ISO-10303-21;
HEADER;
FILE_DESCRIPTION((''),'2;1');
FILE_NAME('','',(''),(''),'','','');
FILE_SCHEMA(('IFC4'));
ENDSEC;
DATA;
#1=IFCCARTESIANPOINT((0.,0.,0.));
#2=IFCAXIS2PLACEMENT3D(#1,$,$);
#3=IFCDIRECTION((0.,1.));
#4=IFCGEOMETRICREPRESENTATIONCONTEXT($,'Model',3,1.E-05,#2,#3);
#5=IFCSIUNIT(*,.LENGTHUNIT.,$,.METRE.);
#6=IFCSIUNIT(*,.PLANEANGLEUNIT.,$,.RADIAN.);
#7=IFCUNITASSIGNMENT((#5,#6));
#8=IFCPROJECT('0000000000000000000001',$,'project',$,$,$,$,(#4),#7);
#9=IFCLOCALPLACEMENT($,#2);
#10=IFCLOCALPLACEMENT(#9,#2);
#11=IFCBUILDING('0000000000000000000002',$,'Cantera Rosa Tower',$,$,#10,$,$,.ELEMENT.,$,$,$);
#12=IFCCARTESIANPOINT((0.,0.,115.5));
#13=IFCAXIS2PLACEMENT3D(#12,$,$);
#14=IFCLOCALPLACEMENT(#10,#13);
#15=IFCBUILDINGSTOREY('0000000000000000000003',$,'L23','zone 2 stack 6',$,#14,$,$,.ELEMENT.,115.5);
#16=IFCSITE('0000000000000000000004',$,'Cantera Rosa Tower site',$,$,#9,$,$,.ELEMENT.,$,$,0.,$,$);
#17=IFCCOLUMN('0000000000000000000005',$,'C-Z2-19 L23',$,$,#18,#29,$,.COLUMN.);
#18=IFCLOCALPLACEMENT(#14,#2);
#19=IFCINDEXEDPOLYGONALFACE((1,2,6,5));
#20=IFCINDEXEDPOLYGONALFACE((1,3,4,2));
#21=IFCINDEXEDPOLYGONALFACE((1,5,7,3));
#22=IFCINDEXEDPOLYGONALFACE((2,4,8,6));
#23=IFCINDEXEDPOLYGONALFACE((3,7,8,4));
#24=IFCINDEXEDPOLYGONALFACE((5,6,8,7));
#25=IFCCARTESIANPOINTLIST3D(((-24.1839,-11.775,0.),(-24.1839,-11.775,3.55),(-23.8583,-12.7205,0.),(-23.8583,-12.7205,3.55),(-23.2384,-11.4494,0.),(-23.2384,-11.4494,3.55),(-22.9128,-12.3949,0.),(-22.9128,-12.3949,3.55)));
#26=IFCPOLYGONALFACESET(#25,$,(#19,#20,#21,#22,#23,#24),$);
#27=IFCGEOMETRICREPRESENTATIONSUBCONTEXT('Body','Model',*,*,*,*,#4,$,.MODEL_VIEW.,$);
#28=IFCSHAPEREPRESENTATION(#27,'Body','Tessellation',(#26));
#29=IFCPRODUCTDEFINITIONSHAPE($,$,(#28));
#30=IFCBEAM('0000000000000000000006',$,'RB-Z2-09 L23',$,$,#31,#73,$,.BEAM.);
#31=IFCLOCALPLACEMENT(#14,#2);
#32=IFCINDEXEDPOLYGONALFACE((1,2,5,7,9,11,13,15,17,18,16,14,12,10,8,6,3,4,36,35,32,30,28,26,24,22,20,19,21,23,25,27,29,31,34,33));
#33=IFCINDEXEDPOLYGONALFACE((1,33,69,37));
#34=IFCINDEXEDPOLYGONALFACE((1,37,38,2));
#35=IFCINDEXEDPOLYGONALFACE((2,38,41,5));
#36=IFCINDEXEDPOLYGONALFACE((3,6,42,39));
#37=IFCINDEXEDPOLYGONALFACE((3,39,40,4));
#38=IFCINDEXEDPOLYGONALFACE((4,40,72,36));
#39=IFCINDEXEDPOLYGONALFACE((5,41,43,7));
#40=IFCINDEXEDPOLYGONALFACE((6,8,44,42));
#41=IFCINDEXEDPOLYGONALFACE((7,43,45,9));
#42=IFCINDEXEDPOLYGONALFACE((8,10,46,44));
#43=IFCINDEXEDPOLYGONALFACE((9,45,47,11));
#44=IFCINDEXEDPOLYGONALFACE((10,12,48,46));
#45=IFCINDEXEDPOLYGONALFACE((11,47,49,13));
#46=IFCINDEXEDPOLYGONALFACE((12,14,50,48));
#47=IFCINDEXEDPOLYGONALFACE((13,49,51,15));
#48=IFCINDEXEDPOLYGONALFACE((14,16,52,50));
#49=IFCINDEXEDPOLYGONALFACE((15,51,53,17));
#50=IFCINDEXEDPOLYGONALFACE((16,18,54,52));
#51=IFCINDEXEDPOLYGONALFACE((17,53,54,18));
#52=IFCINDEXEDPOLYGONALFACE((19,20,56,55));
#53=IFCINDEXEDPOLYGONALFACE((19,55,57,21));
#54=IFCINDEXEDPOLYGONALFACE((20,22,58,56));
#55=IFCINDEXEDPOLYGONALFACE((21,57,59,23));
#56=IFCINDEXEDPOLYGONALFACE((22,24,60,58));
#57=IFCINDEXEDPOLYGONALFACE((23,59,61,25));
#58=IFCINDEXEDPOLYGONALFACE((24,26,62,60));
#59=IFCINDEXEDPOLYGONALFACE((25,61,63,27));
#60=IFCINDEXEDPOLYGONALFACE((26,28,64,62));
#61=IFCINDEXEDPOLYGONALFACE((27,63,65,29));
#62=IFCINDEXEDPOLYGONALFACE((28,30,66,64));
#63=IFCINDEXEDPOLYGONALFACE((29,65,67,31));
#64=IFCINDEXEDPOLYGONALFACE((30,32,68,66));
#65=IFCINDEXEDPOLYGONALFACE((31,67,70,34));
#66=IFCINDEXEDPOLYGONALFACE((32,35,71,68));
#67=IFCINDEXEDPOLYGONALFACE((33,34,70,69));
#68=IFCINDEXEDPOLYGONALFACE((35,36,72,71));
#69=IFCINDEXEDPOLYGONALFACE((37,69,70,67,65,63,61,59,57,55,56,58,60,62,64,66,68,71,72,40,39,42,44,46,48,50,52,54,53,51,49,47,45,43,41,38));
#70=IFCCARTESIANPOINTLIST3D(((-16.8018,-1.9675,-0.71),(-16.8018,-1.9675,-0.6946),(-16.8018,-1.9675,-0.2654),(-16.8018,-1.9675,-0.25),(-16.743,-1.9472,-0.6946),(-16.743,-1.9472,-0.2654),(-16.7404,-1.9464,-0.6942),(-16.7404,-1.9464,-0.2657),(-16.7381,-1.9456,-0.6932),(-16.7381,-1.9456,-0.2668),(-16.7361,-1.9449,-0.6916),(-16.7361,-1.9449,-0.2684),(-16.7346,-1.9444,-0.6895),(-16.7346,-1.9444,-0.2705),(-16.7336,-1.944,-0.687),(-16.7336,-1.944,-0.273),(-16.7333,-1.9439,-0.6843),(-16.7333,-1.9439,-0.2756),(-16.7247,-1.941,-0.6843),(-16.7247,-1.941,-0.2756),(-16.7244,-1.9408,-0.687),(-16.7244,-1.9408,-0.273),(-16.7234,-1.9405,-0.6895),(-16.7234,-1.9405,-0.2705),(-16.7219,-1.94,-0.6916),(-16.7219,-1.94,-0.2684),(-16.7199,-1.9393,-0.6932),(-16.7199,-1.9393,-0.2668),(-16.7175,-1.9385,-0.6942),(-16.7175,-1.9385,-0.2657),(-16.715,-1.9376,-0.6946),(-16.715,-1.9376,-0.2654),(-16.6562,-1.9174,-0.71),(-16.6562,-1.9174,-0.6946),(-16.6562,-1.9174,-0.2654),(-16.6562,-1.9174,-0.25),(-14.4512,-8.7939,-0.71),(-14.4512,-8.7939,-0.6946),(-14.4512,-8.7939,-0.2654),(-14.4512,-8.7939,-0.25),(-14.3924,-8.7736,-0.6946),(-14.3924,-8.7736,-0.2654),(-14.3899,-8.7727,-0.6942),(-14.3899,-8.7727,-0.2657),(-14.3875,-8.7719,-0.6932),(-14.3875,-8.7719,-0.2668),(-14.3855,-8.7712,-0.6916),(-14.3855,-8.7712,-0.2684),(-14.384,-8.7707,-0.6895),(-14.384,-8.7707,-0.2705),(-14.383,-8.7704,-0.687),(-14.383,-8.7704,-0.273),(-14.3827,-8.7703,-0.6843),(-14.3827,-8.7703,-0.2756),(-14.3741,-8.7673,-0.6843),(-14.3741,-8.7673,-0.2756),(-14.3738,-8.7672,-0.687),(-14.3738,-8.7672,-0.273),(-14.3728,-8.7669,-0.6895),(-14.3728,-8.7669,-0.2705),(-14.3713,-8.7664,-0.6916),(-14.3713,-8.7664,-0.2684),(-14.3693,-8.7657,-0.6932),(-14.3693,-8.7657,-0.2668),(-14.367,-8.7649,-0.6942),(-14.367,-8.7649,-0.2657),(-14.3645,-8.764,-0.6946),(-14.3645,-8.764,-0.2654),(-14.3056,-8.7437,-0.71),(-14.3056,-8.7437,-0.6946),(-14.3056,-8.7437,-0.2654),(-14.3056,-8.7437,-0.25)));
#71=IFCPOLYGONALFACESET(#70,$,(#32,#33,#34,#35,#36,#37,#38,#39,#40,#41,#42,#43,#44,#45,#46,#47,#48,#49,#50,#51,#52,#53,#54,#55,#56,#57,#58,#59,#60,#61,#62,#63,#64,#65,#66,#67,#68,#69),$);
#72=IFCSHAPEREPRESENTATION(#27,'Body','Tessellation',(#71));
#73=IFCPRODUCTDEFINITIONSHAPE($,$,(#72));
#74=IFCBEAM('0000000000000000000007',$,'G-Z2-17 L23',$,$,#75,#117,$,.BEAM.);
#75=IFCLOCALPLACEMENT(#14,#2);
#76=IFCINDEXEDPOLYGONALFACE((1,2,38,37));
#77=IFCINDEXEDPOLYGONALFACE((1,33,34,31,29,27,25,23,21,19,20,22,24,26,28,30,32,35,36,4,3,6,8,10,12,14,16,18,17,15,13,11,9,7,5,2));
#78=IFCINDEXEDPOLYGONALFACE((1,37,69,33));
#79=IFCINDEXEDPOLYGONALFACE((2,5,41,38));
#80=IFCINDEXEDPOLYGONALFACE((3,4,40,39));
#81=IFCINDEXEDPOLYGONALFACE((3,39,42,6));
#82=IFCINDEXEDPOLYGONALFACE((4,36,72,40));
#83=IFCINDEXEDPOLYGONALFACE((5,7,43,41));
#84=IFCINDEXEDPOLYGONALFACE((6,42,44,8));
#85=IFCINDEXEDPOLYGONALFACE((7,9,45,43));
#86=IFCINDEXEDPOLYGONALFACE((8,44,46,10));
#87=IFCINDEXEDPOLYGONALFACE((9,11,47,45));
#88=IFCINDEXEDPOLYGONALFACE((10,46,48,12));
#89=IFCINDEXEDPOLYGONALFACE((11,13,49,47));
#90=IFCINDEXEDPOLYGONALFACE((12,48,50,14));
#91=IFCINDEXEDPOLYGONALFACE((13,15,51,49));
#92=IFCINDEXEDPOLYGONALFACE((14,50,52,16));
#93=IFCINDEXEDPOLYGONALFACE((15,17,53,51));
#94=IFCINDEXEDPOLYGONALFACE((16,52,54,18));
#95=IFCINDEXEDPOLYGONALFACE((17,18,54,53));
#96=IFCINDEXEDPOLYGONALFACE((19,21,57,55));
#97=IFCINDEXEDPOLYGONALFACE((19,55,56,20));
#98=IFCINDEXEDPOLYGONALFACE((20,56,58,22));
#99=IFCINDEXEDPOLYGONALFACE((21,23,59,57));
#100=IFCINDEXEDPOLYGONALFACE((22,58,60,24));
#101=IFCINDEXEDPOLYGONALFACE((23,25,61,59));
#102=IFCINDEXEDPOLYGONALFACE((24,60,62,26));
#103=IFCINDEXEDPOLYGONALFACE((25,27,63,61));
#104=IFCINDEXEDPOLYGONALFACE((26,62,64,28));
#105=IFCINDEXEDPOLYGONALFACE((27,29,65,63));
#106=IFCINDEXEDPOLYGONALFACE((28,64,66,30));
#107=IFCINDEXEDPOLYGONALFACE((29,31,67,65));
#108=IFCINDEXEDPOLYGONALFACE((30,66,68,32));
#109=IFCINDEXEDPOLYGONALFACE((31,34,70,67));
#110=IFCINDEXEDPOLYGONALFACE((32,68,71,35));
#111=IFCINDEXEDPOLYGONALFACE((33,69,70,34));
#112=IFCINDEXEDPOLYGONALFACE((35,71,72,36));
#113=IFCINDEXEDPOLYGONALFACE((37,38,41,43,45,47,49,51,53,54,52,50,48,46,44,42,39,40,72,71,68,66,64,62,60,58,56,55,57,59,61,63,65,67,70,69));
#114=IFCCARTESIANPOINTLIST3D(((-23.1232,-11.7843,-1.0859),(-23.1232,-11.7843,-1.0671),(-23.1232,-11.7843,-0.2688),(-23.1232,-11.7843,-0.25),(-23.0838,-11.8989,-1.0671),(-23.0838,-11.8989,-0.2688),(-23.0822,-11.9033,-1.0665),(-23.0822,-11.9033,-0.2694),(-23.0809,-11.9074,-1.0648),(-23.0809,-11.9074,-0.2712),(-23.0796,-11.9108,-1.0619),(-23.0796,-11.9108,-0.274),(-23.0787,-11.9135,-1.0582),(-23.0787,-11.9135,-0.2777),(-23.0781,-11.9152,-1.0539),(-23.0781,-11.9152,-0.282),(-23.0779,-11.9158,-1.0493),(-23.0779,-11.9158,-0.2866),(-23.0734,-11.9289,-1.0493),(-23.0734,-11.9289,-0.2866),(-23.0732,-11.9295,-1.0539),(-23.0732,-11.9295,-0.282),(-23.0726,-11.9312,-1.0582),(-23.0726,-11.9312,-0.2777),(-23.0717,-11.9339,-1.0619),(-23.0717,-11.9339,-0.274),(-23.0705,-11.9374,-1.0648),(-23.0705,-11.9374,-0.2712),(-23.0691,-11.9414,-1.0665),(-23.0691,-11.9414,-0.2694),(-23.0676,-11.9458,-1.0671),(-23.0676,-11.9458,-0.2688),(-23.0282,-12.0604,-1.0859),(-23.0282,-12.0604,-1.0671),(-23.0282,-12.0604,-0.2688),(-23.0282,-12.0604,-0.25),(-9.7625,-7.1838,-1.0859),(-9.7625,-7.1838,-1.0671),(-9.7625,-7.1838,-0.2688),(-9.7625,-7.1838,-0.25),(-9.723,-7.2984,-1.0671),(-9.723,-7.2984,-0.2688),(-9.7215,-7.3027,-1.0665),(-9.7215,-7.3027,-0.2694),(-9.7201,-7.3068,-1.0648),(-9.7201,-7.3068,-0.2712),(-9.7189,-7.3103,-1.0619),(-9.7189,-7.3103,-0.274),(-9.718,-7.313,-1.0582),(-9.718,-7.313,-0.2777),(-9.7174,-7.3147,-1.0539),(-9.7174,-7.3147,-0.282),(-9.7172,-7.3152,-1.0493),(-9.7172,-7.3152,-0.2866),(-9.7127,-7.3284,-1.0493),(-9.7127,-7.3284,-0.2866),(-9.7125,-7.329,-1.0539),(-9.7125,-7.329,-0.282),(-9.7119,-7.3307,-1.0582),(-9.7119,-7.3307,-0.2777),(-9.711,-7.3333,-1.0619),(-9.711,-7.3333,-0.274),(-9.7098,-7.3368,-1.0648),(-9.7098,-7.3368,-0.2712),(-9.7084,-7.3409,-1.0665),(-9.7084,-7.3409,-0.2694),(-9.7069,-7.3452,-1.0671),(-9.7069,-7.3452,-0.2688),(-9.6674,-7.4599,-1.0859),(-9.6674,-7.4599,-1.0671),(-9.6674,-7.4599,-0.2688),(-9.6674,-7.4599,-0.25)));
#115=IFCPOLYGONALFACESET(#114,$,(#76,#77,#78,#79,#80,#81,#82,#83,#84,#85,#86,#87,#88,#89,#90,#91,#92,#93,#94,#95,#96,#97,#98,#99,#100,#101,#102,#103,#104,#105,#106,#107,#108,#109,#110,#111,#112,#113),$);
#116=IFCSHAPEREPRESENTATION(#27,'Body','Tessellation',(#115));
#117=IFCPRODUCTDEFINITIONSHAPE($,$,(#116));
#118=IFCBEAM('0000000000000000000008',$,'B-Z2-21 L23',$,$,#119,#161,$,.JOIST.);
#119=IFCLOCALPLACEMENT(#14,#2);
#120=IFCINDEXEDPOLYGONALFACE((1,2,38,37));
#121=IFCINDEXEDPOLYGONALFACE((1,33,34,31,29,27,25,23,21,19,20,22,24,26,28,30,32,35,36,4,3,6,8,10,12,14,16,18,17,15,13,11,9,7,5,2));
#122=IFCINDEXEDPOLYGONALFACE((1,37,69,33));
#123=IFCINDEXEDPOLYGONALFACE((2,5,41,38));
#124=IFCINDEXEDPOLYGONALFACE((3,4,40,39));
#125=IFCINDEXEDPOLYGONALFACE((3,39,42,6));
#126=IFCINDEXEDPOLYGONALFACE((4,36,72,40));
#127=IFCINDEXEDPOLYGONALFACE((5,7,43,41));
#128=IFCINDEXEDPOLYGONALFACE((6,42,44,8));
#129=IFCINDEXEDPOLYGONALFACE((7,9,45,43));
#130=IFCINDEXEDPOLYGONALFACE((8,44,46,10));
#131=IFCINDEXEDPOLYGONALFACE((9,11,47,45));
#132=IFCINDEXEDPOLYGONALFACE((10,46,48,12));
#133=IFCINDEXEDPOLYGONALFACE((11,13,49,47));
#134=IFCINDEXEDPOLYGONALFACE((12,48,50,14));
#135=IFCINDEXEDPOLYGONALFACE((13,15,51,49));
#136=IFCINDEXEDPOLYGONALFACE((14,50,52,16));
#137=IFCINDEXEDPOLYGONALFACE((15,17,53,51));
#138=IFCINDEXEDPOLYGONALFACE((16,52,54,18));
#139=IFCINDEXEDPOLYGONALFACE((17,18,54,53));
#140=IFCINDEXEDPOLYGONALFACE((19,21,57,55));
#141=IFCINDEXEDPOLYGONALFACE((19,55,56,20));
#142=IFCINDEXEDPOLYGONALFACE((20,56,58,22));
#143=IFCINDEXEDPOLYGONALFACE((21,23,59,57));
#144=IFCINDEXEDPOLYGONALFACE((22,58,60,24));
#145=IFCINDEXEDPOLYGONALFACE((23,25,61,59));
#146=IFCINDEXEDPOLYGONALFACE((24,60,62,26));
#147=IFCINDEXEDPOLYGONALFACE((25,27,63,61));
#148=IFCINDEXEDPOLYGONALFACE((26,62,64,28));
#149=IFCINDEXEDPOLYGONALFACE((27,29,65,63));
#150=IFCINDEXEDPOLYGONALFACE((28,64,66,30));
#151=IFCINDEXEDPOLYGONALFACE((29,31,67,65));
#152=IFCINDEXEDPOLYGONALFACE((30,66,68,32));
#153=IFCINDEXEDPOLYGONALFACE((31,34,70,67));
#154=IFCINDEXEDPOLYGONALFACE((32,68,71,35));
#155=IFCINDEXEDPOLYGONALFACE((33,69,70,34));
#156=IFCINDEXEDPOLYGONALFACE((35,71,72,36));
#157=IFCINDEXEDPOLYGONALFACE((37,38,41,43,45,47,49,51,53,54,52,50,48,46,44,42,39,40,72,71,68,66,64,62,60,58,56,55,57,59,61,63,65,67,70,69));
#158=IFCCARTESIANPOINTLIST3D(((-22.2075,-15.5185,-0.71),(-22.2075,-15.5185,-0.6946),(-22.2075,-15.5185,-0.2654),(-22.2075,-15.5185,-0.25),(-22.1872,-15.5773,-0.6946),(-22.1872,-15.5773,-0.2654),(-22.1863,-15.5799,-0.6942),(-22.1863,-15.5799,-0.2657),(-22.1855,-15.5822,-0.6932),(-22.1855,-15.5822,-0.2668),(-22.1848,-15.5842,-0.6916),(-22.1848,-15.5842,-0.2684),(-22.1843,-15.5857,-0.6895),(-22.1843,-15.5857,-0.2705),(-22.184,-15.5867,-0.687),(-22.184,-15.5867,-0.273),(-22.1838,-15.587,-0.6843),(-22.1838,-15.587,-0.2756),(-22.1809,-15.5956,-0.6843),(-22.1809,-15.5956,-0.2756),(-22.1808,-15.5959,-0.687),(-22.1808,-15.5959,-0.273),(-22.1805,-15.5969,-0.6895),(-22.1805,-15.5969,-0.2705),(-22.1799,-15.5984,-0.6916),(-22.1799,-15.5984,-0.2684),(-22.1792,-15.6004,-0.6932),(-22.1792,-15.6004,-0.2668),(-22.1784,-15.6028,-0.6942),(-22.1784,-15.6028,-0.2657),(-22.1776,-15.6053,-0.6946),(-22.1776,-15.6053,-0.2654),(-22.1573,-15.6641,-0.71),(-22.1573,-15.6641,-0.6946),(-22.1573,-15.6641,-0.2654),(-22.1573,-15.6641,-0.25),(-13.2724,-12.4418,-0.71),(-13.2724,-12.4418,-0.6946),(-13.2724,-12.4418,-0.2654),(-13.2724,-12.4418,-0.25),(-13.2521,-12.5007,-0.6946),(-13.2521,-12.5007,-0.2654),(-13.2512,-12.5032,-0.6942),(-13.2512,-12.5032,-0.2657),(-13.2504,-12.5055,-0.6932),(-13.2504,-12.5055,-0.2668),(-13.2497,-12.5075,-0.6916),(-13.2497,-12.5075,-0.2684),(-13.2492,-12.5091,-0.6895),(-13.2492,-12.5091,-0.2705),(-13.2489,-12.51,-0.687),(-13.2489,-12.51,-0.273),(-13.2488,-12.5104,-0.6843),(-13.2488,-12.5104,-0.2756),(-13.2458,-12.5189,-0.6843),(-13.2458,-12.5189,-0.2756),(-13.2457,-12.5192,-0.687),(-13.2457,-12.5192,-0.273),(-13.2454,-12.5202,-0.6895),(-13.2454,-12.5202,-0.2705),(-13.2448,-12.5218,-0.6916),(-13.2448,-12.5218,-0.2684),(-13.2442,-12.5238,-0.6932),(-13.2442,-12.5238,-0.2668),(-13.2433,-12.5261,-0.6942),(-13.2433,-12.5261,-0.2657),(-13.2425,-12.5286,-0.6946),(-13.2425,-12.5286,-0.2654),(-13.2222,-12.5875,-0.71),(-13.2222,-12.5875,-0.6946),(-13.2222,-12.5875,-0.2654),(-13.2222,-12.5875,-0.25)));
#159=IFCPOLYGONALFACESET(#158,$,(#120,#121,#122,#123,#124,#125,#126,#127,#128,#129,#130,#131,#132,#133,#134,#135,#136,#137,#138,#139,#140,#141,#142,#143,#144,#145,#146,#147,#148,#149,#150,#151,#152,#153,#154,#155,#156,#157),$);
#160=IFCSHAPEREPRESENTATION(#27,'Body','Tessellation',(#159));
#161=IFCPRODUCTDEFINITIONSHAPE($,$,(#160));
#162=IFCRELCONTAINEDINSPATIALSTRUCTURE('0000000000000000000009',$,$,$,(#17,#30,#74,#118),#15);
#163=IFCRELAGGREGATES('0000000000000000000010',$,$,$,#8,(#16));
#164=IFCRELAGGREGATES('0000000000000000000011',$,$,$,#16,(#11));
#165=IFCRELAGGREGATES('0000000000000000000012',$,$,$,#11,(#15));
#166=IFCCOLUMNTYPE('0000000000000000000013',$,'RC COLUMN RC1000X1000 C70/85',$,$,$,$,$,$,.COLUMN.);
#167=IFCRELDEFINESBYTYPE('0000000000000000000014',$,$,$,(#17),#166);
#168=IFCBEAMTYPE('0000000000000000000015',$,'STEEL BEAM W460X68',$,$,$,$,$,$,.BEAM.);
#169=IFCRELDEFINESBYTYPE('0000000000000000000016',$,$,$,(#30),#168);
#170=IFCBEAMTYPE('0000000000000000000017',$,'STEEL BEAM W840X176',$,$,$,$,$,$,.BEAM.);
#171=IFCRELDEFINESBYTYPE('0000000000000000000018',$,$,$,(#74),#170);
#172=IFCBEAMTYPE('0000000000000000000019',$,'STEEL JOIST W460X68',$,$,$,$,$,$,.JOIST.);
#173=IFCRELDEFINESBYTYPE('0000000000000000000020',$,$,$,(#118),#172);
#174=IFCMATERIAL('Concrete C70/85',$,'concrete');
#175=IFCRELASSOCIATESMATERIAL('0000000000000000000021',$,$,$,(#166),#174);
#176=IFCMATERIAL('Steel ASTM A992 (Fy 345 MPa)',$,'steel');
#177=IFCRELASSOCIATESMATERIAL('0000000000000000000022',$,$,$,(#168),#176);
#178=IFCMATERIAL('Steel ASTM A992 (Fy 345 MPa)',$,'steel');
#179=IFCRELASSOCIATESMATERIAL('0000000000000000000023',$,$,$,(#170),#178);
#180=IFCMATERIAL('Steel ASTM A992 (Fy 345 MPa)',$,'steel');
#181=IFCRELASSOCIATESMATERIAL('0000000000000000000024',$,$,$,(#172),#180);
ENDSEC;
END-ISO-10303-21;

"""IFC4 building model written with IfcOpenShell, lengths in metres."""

from ifc_helpers import new_model, si_unit, direction, frame, origin, origin_2d, place, context, subcontext, project, spatial, rectangle, i_section, extrude, material, material_profile, profile_set, type_object, element, save


model = new_model("IFC4")

# Units and contexts
model_context = context("Model", 3, precision=1e-05, world=origin(), true_north=direction((0.0, 1.0)))
body_context = subcontext(model_context, "Body", "Model", "MODEL_VIEW")
ifc_project = project(units=[si_unit("LENGTHUNIT", "METRE"), si_unit("PLANEANGLEUNIT", "RADIAN")], contexts=[model_context])

# Site, building, storey
site_placement = place(None, origin())
site = spatial("IfcSite", under=ifc_project, at=site_placement, Name="Cantera Rosa Tower site", CompositionType="ELEMENT", RefElevation=0.0)
building_placement = place(site_placement, origin())
building = spatial("IfcBuilding", under=site, at=building_placement, Name="Cantera Rosa Tower", CompositionType="ELEMENT")
storey_placement = place(building_placement, frame((0.0, 0.0, 115.5)))
storey = spatial("IfcBuildingStorey", under=building, at=storey_placement, Name="L23", Description="zone 2 stack 6", CompositionType="ELEMENT", Elevation=115.5)

# Column
ifc_material_1 = material(Name="Concrete C70/85", Category="concrete")
ifc_material_profile_1 = material_profile(ifc_material_1, rectangle(XDim=1.0, YDim=1.0, at=origin_2d()), Name="RC COLUMN RC1000X1000 C70/85")
ifc_profile_set_1 = profile_set([ifc_material_profile_1], Name="Concrete C70/85")
column_type = type_object("IfcColumnType", Name="RC COLUMN RC1000X1000 C70/85", PredefinedType="COLUMN", material=ifc_profile_set_1)
column_placement = place(storey_placement, frame((-23.5483, -12.085, 0.0), z_axis=(0.0, 0.0, 1.0), x_axis=(0.945519, 0.325568, 0.0)))
element("IfcColumn", 1, at=column_placement, inside=storey, type_object=column_type, Name="C-Z2-19 L23", PredefinedType="COLUMN", context=body_context, shape_type="SweptSolid", body=[
    extrude(rectangle(XDim=1.0, YDim=1.0, at=origin_2d()), origin(), (0.0, 0.0, 1.0), 3.55),
])

# Beams
ifc_material_2 = material(Name="Steel ASTM A992 (Fy 345 MPa)", Category="steel")
ifc_material_profile_2 = material_profile(ifc_material_2, i_section(OverallWidth=0.1541, OverallDepth=0.46, WebThickness=0.009, FlangeThickness=0.0154, FilletRadius=0.0103, at=origin_2d()), Name="W460X68")
ifc_profile_set_2 = profile_set([ifc_material_profile_2], Name="Steel ASTM A992 (Fy 345 MPa)")
beam_type_1 = type_object("IfcBeamType", Name="STEEL BEAM W460X68", PredefinedType="BEAM", material=ifc_profile_set_2)
beam_1_placement = place(storey_placement, frame((-14.3784, -8.7688, -0.48), z_axis=(-0.325576, 0.945516, 0.0), x_axis=(-0.945516, -0.325576, 0.0)))
element("IfcBeam", 2, at=beam_1_placement, inside=storey, type_object=beam_type_1, Name="RB-Z2-09 L23", PredefinedType="BEAM", context=body_context, shape_type="SweptSolid", body=[
    extrude(i_section(OverallWidth=0.1541, OverallDepth=0.46, WebThickness=0.009, FlangeThickness=0.0154, FilletRadius=0.0103, at=origin_2d()), origin(), (0.0, 0.0, 1.0), 7.2197),
])
ifc_material_3 = material(Name="Steel ASTM A992 (Fy 345 MPa)", Category="steel")
ifc_material_profile_3 = material_profile(ifc_material_3, i_section(OverallWidth=0.292, OverallDepth=0.8359, WebThickness=0.0139, FlangeThickness=0.0188, FilletRadius=0.0178, at=origin_2d()), Name="W840X176")
ifc_profile_set_3 = profile_set([ifc_material_profile_3], Name="Steel ASTM A992 (Fy 345 MPa)")
beam_type_2 = type_object("IfcBeamType", Name="STEEL BEAM W840X176", PredefinedType="BEAM", material=ifc_profile_set_3)
beam_2_placement = place(storey_placement, frame((-23.0757, -11.9224, -0.668), z_axis=(0.945517, 0.325573, 0.0), x_axis=(-0.325573, 0.945517, 0.0)))
element("IfcBeam", 3, at=beam_2_placement, inside=storey, type_object=beam_type_2, Name="G-Z2-17 L23", PredefinedType="BEAM", context=body_context, shape_type="SweptSolid", body=[
    extrude(i_section(OverallWidth=0.292, OverallDepth=0.8359, WebThickness=0.0139, FlangeThickness=0.0188, FilletRadius=0.0178, at=origin_2d()), origin(), (0.0, 0.0, 1.0), 14.1306),
])
ifc_material_4 = material(Name="Steel ASTM A992 (Fy 345 MPa)", Category="steel")
ifc_material_profile_4 = material_profile(ifc_material_4, i_section(OverallWidth=0.1541, OverallDepth=0.46, WebThickness=0.009, FlangeThickness=0.0154, FilletRadius=0.0103, at=origin_2d()), Name="W460X68")
ifc_profile_set_4 = profile_set([ifc_material_profile_4], Name="Steel ASTM A992 (Fy 345 MPa)")
beam_type_3 = type_object("IfcBeamType", Name="STEEL JOIST W460X68", PredefinedType="JOIST", material=ifc_profile_set_4)
beam_3_placement = place(storey_placement, frame((-22.1824, -15.5913, -0.48), z_axis=(0.945516, 0.325575, 0.0), x_axis=(-0.325575, 0.945516, 0.0)))
element("IfcBeam", 4, at=beam_3_placement, inside=storey, type_object=beam_type_3, Name="B-Z2-21 L23", PredefinedType="JOIST", context=body_context, shape_type="SweptSolid", body=[
    extrude(i_section(OverallWidth=0.1541, OverallDepth=0.46, WebThickness=0.009, FlangeThickness=0.0154, FilletRadius=0.0103, at=origin_2d()), origin(), (0.0, 0.0, 1.0), 9.45),
])

save(model, "model.ifc")
